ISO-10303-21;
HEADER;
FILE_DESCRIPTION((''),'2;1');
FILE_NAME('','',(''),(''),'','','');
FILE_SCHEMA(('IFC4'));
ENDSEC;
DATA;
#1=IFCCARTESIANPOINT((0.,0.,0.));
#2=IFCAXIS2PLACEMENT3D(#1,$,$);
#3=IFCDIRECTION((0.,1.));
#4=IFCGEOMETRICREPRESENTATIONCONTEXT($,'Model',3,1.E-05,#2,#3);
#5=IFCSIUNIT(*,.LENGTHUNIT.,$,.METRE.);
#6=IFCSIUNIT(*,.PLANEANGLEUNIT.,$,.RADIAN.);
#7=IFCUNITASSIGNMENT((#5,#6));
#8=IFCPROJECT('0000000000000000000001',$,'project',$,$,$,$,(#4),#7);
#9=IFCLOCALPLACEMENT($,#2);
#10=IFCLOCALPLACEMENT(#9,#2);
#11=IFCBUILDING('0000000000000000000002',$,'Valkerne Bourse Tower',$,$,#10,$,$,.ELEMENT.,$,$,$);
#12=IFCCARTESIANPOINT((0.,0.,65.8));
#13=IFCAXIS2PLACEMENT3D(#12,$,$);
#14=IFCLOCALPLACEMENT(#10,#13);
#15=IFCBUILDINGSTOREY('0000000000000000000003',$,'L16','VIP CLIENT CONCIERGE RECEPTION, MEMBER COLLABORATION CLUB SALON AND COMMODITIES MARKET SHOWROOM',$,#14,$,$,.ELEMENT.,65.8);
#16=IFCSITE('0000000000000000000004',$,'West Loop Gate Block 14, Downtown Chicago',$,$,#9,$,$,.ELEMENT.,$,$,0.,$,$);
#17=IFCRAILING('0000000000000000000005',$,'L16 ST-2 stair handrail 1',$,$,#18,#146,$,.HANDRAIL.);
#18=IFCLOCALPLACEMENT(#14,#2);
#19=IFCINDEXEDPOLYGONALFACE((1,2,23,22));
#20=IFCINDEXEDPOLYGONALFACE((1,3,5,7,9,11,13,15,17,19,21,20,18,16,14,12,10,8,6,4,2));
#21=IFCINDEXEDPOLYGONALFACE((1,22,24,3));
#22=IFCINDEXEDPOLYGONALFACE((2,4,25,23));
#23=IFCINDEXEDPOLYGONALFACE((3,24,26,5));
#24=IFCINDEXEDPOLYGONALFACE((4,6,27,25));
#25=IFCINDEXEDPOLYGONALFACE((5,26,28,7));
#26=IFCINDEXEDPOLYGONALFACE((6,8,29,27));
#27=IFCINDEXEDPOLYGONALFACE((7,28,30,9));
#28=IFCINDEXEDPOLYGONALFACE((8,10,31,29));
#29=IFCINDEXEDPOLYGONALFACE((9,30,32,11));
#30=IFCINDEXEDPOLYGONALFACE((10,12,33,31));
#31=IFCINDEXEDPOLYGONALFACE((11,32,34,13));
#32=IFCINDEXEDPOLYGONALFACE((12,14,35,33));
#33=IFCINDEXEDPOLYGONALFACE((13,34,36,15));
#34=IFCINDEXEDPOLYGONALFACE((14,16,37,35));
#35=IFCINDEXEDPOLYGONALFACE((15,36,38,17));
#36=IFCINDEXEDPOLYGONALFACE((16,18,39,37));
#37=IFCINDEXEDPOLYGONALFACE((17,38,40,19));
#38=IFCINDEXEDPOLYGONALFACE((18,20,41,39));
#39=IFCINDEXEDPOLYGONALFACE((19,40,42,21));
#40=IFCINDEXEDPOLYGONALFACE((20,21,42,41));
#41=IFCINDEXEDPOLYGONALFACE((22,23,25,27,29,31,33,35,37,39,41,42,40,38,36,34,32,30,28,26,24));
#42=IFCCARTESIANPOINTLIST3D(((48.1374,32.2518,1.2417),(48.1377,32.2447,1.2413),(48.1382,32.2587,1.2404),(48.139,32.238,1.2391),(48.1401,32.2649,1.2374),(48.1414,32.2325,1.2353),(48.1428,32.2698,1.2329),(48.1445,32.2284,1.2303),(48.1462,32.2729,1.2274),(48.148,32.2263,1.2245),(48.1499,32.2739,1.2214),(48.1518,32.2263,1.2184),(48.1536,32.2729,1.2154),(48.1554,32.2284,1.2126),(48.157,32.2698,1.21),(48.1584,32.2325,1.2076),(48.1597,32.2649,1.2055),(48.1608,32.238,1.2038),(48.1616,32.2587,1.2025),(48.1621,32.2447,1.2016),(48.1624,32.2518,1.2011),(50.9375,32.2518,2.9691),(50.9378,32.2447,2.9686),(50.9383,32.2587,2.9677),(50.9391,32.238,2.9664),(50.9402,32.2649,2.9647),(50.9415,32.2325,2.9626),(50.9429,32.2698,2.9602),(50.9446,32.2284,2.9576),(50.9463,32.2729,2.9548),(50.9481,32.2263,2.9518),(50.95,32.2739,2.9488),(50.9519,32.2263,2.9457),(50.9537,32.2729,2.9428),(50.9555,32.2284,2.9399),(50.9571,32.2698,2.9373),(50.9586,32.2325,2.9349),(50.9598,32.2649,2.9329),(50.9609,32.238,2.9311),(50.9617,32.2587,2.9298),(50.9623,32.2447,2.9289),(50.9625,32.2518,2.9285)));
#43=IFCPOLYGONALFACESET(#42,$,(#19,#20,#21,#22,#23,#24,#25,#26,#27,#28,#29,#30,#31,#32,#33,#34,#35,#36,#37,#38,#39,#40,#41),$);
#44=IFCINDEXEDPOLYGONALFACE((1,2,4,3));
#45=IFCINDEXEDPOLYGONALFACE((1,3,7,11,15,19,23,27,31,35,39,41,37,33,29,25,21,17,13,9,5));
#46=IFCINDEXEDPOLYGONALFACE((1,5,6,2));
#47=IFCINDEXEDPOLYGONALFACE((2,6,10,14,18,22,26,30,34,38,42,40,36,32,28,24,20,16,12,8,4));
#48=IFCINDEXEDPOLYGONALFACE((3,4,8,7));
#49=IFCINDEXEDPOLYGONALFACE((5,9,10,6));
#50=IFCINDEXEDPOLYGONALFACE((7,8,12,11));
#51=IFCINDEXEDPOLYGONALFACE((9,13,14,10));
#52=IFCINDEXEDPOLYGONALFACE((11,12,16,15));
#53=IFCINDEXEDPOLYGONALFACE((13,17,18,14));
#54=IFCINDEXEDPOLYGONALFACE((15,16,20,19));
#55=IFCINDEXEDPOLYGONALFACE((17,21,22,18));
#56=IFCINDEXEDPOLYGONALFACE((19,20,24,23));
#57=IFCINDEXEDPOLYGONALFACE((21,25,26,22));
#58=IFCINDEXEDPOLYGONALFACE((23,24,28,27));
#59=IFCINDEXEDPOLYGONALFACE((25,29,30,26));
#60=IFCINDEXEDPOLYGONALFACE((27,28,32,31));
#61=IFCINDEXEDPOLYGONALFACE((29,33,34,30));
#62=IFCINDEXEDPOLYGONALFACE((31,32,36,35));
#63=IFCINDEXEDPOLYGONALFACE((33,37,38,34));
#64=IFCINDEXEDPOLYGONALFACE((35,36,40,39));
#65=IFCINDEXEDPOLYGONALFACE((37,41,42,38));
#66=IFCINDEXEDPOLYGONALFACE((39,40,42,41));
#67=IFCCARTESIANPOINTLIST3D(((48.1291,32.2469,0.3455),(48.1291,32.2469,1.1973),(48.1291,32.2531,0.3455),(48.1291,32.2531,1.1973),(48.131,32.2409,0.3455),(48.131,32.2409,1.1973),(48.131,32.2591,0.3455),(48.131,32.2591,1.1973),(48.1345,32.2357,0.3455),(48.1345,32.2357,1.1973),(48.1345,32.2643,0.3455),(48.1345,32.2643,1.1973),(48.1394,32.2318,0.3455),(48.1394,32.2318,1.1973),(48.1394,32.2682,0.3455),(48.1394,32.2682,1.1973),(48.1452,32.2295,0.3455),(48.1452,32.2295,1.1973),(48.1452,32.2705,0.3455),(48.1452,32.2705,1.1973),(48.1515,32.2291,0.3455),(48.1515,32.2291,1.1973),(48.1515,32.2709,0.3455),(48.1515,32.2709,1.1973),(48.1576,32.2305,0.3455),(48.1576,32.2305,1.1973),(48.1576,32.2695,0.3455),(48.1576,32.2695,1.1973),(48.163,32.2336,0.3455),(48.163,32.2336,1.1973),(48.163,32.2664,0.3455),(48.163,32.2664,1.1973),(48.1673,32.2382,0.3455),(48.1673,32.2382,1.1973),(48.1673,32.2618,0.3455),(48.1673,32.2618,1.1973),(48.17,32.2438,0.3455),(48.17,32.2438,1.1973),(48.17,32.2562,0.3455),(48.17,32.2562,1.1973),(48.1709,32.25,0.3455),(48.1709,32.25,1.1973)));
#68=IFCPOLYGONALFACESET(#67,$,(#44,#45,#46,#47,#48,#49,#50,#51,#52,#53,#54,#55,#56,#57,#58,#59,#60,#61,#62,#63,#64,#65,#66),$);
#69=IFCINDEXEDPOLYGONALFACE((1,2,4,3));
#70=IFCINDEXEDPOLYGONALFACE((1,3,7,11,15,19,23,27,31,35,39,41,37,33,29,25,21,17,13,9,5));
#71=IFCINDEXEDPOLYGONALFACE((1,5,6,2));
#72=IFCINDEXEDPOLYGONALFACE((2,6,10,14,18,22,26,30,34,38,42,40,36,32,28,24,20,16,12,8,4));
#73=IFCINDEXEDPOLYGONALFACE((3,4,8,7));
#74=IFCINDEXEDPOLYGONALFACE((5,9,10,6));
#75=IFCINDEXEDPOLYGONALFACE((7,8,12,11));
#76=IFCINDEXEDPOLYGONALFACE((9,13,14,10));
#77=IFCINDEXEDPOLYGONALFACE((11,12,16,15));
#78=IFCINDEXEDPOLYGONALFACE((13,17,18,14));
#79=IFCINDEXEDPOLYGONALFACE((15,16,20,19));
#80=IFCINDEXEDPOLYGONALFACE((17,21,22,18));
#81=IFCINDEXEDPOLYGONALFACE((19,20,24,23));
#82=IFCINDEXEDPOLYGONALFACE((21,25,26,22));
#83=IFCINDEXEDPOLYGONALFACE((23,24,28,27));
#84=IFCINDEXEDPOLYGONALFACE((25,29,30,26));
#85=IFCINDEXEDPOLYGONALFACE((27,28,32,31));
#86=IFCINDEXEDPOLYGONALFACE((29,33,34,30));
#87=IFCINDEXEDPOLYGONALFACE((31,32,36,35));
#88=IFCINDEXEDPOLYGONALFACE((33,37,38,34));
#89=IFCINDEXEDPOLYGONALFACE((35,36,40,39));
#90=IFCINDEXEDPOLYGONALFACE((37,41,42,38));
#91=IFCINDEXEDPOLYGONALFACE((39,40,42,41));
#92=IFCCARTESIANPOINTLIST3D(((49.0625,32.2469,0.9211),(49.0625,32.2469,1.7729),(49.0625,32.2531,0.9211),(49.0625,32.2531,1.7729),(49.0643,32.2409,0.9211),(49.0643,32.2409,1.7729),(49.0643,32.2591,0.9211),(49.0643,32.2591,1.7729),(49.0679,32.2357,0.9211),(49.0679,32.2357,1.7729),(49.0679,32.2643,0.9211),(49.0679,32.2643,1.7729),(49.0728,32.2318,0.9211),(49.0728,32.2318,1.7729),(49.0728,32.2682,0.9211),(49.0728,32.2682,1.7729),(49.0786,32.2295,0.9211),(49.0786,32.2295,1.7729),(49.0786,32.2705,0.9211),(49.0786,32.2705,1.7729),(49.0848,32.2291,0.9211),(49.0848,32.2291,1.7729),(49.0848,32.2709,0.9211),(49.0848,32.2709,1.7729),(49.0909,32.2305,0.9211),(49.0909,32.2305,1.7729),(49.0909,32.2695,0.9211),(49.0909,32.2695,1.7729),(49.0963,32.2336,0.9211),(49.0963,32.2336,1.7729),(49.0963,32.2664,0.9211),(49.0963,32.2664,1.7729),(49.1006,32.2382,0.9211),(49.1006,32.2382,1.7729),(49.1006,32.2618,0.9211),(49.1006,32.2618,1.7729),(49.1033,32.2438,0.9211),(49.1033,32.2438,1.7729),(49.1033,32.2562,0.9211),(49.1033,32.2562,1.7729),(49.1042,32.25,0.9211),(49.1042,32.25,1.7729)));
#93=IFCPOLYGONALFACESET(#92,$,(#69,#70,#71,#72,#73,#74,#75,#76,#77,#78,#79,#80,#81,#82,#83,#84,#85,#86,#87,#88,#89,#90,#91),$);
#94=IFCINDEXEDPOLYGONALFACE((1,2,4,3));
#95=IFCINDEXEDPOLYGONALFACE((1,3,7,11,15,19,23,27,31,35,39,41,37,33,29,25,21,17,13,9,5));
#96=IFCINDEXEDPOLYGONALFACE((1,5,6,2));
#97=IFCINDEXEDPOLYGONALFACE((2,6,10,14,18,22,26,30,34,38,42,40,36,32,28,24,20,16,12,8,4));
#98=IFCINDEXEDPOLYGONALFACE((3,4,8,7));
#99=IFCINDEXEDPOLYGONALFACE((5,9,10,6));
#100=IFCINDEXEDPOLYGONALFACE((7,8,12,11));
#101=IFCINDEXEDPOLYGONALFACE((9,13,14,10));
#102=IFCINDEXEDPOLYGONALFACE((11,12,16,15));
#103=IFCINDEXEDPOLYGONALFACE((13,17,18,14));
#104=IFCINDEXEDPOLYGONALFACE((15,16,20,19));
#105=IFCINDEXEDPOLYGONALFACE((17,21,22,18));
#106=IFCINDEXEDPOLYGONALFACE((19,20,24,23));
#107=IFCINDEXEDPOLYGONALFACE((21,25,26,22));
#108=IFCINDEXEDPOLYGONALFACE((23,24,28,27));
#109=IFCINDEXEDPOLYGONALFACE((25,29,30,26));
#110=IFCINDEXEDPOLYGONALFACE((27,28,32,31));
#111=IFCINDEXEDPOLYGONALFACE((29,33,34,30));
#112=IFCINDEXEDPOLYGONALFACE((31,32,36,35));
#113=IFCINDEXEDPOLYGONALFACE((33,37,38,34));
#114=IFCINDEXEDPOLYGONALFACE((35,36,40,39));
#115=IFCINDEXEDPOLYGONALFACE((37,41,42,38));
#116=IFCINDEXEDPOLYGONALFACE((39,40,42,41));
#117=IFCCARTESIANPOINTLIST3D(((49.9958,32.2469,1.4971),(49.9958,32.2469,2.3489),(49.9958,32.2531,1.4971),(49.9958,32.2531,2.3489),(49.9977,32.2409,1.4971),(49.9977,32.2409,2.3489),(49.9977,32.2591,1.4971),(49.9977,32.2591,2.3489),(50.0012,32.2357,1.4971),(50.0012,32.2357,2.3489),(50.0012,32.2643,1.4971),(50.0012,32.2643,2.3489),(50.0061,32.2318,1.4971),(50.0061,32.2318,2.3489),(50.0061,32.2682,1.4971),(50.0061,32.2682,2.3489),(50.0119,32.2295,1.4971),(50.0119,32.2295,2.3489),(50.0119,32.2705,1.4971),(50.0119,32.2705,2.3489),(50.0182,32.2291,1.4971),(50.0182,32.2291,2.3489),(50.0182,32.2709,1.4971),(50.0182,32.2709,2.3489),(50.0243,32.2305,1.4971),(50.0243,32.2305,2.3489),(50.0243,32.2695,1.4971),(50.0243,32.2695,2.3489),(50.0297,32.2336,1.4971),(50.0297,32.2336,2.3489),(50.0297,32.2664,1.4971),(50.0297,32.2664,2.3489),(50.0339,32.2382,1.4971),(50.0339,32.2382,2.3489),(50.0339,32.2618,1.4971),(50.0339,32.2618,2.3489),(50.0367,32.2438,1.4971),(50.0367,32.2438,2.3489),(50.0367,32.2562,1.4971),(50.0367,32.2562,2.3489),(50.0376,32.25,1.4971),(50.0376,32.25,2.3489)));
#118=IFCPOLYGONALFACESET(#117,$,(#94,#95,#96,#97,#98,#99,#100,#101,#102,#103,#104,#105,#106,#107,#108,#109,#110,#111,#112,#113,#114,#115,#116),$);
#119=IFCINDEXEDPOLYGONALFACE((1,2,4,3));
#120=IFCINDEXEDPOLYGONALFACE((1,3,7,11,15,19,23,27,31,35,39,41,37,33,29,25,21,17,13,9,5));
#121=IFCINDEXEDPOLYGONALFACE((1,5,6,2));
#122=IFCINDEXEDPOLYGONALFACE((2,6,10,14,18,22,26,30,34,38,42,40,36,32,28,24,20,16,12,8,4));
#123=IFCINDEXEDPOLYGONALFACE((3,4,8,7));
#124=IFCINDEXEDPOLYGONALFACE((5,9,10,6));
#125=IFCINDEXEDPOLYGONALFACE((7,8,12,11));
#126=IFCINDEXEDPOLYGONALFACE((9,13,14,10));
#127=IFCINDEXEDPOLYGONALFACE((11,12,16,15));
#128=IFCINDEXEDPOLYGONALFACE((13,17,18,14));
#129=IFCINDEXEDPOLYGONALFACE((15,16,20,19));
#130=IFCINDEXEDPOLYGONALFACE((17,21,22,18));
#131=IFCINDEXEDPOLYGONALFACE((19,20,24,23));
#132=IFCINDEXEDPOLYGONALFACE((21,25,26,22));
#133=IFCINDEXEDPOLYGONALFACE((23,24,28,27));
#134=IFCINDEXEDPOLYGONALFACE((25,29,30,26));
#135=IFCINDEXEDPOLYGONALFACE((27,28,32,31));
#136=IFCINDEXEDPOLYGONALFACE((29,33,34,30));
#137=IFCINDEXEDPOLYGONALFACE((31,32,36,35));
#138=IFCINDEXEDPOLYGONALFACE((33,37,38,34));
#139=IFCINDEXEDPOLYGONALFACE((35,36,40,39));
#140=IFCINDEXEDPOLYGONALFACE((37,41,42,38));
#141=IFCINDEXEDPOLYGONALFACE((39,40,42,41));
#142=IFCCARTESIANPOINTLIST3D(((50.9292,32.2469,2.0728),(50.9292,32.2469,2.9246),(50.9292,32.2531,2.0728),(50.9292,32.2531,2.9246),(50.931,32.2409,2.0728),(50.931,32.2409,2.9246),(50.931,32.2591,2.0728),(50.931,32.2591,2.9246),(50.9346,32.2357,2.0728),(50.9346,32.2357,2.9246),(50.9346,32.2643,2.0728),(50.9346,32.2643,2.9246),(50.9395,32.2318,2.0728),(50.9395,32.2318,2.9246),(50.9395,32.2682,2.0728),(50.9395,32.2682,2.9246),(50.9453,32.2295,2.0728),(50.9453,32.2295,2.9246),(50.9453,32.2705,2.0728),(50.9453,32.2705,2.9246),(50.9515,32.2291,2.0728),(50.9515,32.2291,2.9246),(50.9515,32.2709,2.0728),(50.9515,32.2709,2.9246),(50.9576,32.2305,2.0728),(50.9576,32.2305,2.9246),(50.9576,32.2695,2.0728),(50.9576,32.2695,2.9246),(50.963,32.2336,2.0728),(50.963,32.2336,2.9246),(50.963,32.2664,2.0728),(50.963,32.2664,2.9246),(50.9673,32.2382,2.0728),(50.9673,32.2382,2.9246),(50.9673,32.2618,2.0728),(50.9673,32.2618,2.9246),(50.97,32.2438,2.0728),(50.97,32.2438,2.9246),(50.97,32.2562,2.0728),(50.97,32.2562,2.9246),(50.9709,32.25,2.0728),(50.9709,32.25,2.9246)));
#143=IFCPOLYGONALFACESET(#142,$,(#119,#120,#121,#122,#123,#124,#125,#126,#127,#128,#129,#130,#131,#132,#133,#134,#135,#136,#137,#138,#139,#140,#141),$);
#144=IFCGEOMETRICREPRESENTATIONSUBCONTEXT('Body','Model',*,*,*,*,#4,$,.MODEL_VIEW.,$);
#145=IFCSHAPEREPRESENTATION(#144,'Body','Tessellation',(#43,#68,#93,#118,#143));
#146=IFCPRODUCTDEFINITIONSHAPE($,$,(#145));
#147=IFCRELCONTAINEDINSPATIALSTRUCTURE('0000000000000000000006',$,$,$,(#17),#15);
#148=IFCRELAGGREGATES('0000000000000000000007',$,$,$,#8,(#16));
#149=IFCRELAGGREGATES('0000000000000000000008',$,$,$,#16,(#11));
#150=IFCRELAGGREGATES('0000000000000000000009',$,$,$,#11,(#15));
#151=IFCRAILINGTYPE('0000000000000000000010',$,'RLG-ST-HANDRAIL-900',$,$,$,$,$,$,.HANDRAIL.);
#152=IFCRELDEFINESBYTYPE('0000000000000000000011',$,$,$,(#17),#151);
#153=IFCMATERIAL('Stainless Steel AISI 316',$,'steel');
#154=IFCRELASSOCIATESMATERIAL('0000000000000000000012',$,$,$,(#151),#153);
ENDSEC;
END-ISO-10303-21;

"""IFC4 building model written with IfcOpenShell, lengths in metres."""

from ifc_helpers import new_model, si_unit, direction, frame, origin, origin_2d, place, context, subcontext, project, spatial, circle, extrude, material, type_object, element, save


model = new_model("IFC4")

# Units and contexts
model_context = context("Model", 3, precision=1e-05, world=origin(), true_north=direction((0.0, 1.0)))
body_context = subcontext(model_context, "Body", "Model", "MODEL_VIEW")
ifc_project = project(units=[si_unit("LENGTHUNIT", "METRE"), si_unit("PLANEANGLEUNIT", "RADIAN")], contexts=[model_context])

# Site, building, storey
site_placement = place(None, origin())
site = spatial("IfcSite", under=ifc_project, at=site_placement, Name="West Loop Gate Block 14, Downtown Chicago", CompositionType="ELEMENT", RefElevation=0.0)
building_placement = place(site_placement, origin())
building = spatial("IfcBuilding", under=site, at=building_placement, Name="Valkerne Bourse Tower", CompositionType="ELEMENT")
storey_placement = place(building_placement, frame((0.0, 0.0, 65.8)))
storey = spatial("IfcBuildingStorey", under=building, at=storey_placement, Name="L16", Description="VIP CLIENT CONCIERGE RECEPTION, MEMBER COLLABORATION CLUB SALON AND COMMODITIES MARKET SHOWROOM", CompositionType="ELEMENT", Elevation=65.8)

# Shared definitions
ifc_material_1 = material(Name="Stainless Steel AISI 316", Category="steel")

# Railing
railing_type_1 = type_object("IfcRailingType", Name="RLG-ST-HANDRAIL-900", PredefinedType="HANDRAIL", material=ifc_material_1)
railing_1_placement = place(storey_placement, frame((48.1499, 32.25, 0.3455)))
element("IfcRailing", 1, at=railing_1_placement, inside=storey, type_object=railing_type_1, Name="L16 ST-2 stair handrail 1", PredefinedType="HANDRAIL", context=body_context, shape_type="SweptSolid", body=[
    extrude(circle(Radius=0.0239, at=origin_2d()), frame((0.0, 0.0, 0.876), z_axis=(0.85109, 0.0, 0.52502), x_axis=(0.0, 1.0, 0.0)), (0.0, 0.0, 1.0), 3.29),
    extrude(circle(Radius=0.021, at=origin_2d()), origin(), (0.0, 0.0, 1.0), 0.8518),
    extrude(circle(Radius=0.021, at=origin_2d()), frame((0.9333, 0.0, 0.5757)), (0.0, 0.0, 1.0), 0.8518),
    extrude(circle(Radius=0.021, at=origin_2d()), frame((1.8667, 0.0, 1.1516)), (0.0, 0.0, 1.0), 0.8518),
    extrude(circle(Radius=0.021, at=origin_2d()), frame((2.8, 0.0, 1.7273)), (0.0, 0.0, 1.0), 0.8518),
])

save(model, "model.ifc")
